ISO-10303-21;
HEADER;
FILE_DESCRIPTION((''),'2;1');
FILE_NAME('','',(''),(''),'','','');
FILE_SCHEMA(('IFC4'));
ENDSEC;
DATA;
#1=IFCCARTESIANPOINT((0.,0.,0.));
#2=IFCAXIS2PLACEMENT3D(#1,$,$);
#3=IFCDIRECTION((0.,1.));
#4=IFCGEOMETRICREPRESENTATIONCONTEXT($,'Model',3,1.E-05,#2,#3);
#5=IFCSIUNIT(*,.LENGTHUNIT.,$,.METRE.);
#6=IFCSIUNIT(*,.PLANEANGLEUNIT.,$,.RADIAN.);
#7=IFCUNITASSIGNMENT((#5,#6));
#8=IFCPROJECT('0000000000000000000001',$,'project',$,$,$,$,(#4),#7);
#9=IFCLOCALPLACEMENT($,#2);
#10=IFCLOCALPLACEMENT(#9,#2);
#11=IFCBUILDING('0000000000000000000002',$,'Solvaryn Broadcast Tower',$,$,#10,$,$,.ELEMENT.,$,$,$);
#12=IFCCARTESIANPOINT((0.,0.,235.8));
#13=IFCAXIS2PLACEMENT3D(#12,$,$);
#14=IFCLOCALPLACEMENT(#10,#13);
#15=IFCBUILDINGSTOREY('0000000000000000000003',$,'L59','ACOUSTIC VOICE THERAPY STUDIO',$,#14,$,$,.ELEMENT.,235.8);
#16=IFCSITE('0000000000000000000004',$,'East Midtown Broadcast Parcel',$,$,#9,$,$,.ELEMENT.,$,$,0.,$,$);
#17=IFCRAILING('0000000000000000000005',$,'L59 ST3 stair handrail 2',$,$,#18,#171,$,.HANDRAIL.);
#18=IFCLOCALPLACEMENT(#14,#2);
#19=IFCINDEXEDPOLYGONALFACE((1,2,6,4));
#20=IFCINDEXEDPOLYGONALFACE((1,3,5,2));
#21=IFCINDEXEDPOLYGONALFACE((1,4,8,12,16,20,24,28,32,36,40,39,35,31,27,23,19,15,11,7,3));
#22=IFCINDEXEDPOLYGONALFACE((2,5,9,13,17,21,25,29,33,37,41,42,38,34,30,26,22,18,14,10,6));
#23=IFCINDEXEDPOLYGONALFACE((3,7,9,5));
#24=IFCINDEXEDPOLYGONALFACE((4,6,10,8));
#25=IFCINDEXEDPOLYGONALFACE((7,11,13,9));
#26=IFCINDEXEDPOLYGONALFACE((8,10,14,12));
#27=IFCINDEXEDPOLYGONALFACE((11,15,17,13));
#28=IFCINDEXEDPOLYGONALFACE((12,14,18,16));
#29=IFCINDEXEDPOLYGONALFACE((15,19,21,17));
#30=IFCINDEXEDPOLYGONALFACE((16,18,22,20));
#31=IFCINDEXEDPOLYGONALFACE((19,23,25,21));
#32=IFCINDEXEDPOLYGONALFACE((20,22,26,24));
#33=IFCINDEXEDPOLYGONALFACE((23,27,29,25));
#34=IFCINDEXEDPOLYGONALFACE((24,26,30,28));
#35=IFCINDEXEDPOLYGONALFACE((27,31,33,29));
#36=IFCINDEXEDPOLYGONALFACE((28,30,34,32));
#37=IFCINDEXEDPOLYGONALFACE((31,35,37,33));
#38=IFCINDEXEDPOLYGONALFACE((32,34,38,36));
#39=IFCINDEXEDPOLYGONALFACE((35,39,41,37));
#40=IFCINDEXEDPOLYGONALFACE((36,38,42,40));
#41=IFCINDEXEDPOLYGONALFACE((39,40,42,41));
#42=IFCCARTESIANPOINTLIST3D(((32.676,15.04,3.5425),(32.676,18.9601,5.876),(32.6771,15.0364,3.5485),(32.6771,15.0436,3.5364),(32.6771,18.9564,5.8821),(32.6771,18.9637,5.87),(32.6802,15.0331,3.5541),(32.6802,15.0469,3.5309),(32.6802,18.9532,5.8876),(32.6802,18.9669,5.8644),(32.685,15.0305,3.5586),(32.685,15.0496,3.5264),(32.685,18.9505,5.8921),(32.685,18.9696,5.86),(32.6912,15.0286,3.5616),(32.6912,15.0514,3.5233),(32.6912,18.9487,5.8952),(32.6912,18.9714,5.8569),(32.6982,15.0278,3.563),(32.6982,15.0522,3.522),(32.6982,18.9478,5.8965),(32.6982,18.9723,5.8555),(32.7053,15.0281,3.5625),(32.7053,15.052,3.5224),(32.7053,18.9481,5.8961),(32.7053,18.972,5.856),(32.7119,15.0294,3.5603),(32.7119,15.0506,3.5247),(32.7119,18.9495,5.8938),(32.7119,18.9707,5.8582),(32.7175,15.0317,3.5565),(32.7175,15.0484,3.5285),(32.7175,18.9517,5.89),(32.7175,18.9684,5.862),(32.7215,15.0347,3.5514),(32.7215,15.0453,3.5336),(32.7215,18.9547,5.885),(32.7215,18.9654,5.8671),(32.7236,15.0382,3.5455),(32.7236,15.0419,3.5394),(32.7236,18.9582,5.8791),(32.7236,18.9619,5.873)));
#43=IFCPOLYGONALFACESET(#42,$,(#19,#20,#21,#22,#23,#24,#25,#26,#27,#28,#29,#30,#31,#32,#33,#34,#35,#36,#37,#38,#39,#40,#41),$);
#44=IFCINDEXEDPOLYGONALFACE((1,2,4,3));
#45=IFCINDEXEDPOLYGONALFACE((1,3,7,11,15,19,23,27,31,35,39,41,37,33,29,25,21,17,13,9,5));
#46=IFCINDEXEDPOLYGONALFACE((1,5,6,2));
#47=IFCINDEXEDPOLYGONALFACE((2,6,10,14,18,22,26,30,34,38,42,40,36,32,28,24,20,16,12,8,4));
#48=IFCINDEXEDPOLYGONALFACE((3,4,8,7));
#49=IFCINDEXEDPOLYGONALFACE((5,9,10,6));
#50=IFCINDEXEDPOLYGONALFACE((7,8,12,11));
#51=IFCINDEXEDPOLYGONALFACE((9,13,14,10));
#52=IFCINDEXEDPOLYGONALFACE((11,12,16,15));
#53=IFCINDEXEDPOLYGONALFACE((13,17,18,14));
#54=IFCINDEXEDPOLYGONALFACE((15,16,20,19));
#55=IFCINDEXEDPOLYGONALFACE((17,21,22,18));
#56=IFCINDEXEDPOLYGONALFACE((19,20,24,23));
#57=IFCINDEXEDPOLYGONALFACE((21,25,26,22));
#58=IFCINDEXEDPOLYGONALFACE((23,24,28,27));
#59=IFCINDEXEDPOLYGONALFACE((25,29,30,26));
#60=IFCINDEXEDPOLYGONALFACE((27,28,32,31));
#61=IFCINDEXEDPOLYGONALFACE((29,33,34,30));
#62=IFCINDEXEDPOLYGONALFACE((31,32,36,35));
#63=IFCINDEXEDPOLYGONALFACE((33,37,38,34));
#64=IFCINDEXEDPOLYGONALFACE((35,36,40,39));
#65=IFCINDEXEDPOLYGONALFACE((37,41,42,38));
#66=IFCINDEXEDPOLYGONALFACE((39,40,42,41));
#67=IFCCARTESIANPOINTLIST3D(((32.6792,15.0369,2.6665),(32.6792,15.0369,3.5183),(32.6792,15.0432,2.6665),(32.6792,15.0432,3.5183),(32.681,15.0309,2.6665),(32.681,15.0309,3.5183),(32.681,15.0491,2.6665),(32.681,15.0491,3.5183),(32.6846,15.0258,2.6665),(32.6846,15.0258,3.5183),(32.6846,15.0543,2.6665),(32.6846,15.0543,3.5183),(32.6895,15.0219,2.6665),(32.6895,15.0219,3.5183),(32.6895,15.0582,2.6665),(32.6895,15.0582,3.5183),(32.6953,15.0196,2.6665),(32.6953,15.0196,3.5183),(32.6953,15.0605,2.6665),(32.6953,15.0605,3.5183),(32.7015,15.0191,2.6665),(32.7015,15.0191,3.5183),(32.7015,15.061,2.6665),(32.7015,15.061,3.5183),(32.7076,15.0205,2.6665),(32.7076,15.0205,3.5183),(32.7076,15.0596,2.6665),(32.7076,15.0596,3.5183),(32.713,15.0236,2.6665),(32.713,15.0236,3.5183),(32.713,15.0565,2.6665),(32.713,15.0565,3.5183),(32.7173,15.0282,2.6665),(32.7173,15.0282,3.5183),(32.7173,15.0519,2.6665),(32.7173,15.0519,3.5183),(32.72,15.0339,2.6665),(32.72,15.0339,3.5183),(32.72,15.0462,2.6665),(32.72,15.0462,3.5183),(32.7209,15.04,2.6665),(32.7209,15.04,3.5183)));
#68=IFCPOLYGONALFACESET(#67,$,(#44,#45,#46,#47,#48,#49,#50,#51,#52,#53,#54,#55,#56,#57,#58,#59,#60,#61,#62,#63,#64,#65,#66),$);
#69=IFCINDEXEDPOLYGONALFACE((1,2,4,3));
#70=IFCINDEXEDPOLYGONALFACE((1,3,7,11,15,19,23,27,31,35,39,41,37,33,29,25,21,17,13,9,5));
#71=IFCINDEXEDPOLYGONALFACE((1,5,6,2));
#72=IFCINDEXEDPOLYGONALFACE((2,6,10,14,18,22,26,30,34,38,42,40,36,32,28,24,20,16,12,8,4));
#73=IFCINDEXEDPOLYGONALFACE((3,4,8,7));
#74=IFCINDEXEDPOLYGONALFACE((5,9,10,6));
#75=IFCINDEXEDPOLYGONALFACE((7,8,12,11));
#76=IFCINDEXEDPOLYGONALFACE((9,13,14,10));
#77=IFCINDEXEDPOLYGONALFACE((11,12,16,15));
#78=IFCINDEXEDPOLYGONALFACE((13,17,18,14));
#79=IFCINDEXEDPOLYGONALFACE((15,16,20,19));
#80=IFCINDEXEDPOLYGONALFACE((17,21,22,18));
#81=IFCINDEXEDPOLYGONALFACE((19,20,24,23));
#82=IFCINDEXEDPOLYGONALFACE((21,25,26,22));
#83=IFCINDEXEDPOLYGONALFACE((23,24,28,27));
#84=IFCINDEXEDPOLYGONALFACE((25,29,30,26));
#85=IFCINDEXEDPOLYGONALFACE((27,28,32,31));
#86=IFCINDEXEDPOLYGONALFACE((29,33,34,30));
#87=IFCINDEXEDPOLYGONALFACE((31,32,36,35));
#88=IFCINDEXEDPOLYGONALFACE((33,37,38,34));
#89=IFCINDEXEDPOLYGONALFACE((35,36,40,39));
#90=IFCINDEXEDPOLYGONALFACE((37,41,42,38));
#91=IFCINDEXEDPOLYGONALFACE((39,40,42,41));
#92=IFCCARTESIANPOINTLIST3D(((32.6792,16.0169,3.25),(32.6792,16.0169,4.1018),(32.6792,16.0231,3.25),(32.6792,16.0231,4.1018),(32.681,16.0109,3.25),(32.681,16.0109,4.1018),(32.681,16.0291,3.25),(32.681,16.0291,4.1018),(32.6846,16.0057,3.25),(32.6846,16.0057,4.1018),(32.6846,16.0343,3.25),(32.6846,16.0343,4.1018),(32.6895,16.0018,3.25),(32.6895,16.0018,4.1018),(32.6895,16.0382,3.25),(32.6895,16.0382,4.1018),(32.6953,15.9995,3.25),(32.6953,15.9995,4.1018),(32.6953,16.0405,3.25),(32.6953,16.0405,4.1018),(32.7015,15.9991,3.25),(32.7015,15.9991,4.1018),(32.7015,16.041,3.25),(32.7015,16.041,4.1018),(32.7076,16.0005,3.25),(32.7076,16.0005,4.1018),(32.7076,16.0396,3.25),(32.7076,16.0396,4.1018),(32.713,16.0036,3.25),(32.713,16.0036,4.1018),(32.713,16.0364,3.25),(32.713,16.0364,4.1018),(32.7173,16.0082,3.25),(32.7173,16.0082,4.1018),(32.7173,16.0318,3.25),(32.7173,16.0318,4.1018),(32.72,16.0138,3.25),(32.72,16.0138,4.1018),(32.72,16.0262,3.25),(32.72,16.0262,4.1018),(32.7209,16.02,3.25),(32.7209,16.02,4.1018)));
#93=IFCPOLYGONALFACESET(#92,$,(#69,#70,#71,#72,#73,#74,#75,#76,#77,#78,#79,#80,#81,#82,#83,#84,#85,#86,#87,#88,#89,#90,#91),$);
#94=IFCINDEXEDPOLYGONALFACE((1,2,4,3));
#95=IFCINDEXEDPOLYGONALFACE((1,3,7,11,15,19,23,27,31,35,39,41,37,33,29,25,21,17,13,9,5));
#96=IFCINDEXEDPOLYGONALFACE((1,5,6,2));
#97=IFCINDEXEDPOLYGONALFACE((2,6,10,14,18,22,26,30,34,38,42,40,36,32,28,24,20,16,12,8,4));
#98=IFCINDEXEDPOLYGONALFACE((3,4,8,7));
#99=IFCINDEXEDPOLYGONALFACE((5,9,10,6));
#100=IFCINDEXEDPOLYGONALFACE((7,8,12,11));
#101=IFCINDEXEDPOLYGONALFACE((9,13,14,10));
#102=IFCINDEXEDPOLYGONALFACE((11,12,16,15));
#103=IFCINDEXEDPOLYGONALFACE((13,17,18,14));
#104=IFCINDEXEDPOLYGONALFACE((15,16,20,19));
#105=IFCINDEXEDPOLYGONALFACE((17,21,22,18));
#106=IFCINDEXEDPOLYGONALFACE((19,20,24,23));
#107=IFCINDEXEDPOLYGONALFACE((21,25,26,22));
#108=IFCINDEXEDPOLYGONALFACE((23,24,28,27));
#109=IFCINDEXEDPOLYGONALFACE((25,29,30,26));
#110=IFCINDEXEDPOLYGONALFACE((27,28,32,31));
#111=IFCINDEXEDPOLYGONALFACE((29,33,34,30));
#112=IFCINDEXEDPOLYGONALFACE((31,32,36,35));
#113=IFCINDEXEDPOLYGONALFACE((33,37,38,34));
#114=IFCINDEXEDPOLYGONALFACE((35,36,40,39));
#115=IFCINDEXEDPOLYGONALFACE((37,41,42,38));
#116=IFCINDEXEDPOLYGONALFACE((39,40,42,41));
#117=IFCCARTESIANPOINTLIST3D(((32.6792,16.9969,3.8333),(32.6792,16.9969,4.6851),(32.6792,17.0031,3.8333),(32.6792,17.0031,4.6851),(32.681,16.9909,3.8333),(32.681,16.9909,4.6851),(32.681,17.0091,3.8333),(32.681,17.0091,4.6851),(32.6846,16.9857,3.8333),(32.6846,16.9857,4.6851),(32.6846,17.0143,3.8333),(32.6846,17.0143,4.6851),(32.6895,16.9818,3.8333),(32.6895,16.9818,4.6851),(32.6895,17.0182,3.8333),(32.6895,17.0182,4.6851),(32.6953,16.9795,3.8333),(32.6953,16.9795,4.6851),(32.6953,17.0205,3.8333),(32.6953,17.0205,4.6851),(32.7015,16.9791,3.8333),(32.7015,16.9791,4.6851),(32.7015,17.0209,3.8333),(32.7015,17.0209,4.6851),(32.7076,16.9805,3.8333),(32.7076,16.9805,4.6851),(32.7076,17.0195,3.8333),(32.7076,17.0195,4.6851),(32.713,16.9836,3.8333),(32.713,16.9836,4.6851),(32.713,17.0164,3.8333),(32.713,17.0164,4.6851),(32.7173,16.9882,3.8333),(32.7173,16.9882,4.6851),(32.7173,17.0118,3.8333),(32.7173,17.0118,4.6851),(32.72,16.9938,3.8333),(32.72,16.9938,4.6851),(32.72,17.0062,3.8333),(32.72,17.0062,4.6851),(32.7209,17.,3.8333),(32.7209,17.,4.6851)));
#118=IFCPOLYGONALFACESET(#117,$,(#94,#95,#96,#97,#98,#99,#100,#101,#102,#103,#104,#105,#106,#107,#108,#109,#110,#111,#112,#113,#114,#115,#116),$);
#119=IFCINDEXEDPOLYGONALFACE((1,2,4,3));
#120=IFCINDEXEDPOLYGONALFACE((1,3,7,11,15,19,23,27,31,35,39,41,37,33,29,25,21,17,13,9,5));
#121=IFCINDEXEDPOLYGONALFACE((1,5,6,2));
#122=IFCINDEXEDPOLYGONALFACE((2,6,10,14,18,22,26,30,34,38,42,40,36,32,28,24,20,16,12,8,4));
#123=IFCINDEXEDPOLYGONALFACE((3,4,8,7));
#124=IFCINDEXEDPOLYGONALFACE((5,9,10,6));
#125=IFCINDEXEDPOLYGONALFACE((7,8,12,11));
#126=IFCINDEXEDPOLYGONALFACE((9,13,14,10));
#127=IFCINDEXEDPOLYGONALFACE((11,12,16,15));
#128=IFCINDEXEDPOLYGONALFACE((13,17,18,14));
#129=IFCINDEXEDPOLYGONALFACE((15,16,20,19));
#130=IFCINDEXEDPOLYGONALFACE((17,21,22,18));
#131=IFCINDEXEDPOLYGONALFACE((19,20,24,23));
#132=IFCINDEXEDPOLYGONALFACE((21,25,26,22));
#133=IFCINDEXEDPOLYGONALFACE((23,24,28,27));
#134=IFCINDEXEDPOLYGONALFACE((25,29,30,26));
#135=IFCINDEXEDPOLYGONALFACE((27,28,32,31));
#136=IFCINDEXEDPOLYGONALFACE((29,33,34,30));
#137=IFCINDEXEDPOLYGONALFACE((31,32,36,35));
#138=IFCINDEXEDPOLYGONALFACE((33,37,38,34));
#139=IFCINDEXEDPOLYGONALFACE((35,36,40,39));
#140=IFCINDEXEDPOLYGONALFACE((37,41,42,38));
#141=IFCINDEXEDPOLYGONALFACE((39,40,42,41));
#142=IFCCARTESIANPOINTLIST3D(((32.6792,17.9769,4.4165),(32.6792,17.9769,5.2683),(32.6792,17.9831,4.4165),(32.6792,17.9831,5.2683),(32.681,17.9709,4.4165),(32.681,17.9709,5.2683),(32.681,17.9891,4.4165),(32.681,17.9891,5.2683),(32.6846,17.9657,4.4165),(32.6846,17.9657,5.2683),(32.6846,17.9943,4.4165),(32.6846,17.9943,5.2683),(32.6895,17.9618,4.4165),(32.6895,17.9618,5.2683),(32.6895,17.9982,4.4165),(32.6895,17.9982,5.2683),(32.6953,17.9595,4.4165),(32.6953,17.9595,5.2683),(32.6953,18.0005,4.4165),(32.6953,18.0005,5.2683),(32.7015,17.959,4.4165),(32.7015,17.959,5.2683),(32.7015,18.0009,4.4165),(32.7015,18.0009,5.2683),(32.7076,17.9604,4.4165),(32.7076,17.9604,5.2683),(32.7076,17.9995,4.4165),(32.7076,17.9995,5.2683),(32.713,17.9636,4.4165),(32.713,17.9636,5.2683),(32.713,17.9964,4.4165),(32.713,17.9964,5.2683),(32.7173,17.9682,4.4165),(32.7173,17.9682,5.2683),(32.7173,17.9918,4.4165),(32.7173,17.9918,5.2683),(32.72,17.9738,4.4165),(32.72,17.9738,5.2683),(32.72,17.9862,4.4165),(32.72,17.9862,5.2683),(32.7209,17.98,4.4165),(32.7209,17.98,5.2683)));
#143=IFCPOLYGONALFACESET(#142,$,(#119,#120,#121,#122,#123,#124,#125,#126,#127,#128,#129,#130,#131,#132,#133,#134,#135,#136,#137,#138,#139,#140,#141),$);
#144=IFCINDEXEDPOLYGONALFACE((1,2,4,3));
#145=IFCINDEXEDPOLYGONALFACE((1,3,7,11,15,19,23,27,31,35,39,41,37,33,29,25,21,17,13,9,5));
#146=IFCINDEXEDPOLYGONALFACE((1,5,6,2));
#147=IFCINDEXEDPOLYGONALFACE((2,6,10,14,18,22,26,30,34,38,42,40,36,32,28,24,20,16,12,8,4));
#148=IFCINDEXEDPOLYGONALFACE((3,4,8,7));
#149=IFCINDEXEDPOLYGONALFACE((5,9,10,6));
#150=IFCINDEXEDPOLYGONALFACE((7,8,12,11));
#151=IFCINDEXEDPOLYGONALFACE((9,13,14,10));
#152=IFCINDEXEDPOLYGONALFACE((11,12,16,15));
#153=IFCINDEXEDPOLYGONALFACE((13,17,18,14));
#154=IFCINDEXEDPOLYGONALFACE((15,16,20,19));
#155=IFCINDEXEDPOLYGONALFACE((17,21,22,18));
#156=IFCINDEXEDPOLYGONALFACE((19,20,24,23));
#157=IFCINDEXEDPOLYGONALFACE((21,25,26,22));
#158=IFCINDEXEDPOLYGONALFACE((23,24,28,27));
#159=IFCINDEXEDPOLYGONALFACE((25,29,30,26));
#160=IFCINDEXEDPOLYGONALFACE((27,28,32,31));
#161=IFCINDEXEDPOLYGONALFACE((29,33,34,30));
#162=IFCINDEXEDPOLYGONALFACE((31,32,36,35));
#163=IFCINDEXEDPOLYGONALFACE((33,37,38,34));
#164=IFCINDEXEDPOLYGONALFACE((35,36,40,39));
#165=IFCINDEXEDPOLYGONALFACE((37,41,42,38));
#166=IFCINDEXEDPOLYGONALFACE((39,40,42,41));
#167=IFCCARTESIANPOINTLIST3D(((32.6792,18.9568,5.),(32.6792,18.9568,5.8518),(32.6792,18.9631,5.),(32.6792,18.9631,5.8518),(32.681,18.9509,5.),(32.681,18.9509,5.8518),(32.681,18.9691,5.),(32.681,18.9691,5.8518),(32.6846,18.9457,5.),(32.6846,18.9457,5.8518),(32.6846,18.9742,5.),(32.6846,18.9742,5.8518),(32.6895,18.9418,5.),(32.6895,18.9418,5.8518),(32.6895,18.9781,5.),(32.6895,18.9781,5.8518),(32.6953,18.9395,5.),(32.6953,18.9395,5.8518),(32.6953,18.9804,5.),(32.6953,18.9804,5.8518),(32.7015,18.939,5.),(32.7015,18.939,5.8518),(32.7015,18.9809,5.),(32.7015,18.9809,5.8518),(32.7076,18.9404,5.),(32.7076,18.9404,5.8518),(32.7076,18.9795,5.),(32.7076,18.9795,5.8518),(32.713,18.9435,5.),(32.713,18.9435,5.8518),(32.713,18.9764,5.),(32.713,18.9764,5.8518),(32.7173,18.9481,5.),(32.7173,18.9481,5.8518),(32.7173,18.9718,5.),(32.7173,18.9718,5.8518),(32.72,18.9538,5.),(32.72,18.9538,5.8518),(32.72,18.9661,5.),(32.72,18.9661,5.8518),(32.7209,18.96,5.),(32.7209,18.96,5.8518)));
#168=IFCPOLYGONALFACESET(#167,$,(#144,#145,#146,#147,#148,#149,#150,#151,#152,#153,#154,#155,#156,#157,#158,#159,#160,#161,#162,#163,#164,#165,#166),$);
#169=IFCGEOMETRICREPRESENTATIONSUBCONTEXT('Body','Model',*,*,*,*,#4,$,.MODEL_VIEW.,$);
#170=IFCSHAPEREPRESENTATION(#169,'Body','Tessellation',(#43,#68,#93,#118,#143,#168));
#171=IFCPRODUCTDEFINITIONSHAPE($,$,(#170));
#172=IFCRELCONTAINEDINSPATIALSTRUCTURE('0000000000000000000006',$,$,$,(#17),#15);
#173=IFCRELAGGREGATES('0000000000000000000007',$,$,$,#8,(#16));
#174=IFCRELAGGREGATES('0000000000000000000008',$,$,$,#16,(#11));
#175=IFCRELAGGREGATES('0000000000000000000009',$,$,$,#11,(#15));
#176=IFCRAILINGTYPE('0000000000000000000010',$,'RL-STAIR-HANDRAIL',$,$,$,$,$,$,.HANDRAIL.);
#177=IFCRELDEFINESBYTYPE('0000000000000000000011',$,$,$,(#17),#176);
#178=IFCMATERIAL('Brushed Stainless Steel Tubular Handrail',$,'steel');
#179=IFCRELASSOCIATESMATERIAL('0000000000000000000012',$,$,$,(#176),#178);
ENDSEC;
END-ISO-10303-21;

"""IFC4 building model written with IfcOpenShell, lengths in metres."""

from ifc_helpers import new_model, si_unit, direction, frame, origin, origin_2d, place, context, subcontext, project, spatial, circle, extrude, material, type_object, element, save


model = new_model("IFC4")

# Units and contexts
model_context = context("Model", 3, precision=1e-05, world=origin(), true_north=direction((0.0, 1.0)))
body_context = subcontext(model_context, "Body", "Model", "MODEL_VIEW")
ifc_project = project(units=[si_unit("LENGTHUNIT", "METRE"), si_unit("PLANEANGLEUNIT", "RADIAN")], contexts=[model_context])

# Site, building, storey
site_placement = place(None, origin())
site = spatial("IfcSite", under=ifc_project, at=site_placement, Name="East Midtown Broadcast Parcel", CompositionType="ELEMENT", RefElevation=0.0)
building_placement = place(site_placement, origin())
building = spatial("IfcBuilding", under=site, at=building_placement, Name="Solvaryn Broadcast Tower", CompositionType="ELEMENT")
storey_placement = place(building_placement, frame((0.0, 0.0, 235.8)))
storey = spatial("IfcBuildingStorey", under=building, at=storey_placement, Name="L59", Description="ACOUSTIC VOICE THERAPY STUDIO", CompositionType="ELEMENT", Elevation=235.8)

# Railing
ifc_material_1 = material(Name="Brushed Stainless Steel Tubular Handrail", Category="steel")
railing_type_1 = type_object("IfcRailingType", Name="RL-STAIR-HANDRAIL", PredefinedType="HANDRAIL", material=ifc_material_1)
railing_1_placement = place(storey_placement, frame((32.7, 15.04, 2.6665)))
element("IfcRailing", 1, at=railing_1_placement, inside=storey, type_object=railing_type_1, Name="L59 ST3 stair handrail 2", PredefinedType="HANDRAIL", context=body_context, shape_type="SweptSolid", body=[
    extrude(circle(Radius=0.0239, at=origin_2d()), frame((0.0, 0.0, 0.876), z_axis=(0.0, 0.859273, 0.511518), x_axis=(-1.0, 0.0, 0.0)), (0.0, 0.0, 1.0), 4.562),
    extrude(circle(Radius=0.021, at=origin_2d()), origin(), (0.0, 0.0, 1.0), 0.8518),
    extrude(circle(Radius=0.021, at=origin_2d()), frame((0.0, 0.98, 0.5835)), (0.0, 0.0, 1.0), 0.8518),
    extrude(circle(Radius=0.021, at=origin_2d()), frame((0.0, 1.96, 1.1667)), (0.0, 0.0, 1.0), 0.8518),
    extrude(circle(Radius=0.021, at=origin_2d()), frame((0.0, 2.9399, 1.75)), (0.0, 0.0, 1.0), 0.8518),
    extrude(circle(Radius=0.021, at=origin_2d()), frame((0.0, 3.9199, 2.3335)), (0.0, 0.0, 1.0), 0.8518),
])

save(model, "model.ifc")
